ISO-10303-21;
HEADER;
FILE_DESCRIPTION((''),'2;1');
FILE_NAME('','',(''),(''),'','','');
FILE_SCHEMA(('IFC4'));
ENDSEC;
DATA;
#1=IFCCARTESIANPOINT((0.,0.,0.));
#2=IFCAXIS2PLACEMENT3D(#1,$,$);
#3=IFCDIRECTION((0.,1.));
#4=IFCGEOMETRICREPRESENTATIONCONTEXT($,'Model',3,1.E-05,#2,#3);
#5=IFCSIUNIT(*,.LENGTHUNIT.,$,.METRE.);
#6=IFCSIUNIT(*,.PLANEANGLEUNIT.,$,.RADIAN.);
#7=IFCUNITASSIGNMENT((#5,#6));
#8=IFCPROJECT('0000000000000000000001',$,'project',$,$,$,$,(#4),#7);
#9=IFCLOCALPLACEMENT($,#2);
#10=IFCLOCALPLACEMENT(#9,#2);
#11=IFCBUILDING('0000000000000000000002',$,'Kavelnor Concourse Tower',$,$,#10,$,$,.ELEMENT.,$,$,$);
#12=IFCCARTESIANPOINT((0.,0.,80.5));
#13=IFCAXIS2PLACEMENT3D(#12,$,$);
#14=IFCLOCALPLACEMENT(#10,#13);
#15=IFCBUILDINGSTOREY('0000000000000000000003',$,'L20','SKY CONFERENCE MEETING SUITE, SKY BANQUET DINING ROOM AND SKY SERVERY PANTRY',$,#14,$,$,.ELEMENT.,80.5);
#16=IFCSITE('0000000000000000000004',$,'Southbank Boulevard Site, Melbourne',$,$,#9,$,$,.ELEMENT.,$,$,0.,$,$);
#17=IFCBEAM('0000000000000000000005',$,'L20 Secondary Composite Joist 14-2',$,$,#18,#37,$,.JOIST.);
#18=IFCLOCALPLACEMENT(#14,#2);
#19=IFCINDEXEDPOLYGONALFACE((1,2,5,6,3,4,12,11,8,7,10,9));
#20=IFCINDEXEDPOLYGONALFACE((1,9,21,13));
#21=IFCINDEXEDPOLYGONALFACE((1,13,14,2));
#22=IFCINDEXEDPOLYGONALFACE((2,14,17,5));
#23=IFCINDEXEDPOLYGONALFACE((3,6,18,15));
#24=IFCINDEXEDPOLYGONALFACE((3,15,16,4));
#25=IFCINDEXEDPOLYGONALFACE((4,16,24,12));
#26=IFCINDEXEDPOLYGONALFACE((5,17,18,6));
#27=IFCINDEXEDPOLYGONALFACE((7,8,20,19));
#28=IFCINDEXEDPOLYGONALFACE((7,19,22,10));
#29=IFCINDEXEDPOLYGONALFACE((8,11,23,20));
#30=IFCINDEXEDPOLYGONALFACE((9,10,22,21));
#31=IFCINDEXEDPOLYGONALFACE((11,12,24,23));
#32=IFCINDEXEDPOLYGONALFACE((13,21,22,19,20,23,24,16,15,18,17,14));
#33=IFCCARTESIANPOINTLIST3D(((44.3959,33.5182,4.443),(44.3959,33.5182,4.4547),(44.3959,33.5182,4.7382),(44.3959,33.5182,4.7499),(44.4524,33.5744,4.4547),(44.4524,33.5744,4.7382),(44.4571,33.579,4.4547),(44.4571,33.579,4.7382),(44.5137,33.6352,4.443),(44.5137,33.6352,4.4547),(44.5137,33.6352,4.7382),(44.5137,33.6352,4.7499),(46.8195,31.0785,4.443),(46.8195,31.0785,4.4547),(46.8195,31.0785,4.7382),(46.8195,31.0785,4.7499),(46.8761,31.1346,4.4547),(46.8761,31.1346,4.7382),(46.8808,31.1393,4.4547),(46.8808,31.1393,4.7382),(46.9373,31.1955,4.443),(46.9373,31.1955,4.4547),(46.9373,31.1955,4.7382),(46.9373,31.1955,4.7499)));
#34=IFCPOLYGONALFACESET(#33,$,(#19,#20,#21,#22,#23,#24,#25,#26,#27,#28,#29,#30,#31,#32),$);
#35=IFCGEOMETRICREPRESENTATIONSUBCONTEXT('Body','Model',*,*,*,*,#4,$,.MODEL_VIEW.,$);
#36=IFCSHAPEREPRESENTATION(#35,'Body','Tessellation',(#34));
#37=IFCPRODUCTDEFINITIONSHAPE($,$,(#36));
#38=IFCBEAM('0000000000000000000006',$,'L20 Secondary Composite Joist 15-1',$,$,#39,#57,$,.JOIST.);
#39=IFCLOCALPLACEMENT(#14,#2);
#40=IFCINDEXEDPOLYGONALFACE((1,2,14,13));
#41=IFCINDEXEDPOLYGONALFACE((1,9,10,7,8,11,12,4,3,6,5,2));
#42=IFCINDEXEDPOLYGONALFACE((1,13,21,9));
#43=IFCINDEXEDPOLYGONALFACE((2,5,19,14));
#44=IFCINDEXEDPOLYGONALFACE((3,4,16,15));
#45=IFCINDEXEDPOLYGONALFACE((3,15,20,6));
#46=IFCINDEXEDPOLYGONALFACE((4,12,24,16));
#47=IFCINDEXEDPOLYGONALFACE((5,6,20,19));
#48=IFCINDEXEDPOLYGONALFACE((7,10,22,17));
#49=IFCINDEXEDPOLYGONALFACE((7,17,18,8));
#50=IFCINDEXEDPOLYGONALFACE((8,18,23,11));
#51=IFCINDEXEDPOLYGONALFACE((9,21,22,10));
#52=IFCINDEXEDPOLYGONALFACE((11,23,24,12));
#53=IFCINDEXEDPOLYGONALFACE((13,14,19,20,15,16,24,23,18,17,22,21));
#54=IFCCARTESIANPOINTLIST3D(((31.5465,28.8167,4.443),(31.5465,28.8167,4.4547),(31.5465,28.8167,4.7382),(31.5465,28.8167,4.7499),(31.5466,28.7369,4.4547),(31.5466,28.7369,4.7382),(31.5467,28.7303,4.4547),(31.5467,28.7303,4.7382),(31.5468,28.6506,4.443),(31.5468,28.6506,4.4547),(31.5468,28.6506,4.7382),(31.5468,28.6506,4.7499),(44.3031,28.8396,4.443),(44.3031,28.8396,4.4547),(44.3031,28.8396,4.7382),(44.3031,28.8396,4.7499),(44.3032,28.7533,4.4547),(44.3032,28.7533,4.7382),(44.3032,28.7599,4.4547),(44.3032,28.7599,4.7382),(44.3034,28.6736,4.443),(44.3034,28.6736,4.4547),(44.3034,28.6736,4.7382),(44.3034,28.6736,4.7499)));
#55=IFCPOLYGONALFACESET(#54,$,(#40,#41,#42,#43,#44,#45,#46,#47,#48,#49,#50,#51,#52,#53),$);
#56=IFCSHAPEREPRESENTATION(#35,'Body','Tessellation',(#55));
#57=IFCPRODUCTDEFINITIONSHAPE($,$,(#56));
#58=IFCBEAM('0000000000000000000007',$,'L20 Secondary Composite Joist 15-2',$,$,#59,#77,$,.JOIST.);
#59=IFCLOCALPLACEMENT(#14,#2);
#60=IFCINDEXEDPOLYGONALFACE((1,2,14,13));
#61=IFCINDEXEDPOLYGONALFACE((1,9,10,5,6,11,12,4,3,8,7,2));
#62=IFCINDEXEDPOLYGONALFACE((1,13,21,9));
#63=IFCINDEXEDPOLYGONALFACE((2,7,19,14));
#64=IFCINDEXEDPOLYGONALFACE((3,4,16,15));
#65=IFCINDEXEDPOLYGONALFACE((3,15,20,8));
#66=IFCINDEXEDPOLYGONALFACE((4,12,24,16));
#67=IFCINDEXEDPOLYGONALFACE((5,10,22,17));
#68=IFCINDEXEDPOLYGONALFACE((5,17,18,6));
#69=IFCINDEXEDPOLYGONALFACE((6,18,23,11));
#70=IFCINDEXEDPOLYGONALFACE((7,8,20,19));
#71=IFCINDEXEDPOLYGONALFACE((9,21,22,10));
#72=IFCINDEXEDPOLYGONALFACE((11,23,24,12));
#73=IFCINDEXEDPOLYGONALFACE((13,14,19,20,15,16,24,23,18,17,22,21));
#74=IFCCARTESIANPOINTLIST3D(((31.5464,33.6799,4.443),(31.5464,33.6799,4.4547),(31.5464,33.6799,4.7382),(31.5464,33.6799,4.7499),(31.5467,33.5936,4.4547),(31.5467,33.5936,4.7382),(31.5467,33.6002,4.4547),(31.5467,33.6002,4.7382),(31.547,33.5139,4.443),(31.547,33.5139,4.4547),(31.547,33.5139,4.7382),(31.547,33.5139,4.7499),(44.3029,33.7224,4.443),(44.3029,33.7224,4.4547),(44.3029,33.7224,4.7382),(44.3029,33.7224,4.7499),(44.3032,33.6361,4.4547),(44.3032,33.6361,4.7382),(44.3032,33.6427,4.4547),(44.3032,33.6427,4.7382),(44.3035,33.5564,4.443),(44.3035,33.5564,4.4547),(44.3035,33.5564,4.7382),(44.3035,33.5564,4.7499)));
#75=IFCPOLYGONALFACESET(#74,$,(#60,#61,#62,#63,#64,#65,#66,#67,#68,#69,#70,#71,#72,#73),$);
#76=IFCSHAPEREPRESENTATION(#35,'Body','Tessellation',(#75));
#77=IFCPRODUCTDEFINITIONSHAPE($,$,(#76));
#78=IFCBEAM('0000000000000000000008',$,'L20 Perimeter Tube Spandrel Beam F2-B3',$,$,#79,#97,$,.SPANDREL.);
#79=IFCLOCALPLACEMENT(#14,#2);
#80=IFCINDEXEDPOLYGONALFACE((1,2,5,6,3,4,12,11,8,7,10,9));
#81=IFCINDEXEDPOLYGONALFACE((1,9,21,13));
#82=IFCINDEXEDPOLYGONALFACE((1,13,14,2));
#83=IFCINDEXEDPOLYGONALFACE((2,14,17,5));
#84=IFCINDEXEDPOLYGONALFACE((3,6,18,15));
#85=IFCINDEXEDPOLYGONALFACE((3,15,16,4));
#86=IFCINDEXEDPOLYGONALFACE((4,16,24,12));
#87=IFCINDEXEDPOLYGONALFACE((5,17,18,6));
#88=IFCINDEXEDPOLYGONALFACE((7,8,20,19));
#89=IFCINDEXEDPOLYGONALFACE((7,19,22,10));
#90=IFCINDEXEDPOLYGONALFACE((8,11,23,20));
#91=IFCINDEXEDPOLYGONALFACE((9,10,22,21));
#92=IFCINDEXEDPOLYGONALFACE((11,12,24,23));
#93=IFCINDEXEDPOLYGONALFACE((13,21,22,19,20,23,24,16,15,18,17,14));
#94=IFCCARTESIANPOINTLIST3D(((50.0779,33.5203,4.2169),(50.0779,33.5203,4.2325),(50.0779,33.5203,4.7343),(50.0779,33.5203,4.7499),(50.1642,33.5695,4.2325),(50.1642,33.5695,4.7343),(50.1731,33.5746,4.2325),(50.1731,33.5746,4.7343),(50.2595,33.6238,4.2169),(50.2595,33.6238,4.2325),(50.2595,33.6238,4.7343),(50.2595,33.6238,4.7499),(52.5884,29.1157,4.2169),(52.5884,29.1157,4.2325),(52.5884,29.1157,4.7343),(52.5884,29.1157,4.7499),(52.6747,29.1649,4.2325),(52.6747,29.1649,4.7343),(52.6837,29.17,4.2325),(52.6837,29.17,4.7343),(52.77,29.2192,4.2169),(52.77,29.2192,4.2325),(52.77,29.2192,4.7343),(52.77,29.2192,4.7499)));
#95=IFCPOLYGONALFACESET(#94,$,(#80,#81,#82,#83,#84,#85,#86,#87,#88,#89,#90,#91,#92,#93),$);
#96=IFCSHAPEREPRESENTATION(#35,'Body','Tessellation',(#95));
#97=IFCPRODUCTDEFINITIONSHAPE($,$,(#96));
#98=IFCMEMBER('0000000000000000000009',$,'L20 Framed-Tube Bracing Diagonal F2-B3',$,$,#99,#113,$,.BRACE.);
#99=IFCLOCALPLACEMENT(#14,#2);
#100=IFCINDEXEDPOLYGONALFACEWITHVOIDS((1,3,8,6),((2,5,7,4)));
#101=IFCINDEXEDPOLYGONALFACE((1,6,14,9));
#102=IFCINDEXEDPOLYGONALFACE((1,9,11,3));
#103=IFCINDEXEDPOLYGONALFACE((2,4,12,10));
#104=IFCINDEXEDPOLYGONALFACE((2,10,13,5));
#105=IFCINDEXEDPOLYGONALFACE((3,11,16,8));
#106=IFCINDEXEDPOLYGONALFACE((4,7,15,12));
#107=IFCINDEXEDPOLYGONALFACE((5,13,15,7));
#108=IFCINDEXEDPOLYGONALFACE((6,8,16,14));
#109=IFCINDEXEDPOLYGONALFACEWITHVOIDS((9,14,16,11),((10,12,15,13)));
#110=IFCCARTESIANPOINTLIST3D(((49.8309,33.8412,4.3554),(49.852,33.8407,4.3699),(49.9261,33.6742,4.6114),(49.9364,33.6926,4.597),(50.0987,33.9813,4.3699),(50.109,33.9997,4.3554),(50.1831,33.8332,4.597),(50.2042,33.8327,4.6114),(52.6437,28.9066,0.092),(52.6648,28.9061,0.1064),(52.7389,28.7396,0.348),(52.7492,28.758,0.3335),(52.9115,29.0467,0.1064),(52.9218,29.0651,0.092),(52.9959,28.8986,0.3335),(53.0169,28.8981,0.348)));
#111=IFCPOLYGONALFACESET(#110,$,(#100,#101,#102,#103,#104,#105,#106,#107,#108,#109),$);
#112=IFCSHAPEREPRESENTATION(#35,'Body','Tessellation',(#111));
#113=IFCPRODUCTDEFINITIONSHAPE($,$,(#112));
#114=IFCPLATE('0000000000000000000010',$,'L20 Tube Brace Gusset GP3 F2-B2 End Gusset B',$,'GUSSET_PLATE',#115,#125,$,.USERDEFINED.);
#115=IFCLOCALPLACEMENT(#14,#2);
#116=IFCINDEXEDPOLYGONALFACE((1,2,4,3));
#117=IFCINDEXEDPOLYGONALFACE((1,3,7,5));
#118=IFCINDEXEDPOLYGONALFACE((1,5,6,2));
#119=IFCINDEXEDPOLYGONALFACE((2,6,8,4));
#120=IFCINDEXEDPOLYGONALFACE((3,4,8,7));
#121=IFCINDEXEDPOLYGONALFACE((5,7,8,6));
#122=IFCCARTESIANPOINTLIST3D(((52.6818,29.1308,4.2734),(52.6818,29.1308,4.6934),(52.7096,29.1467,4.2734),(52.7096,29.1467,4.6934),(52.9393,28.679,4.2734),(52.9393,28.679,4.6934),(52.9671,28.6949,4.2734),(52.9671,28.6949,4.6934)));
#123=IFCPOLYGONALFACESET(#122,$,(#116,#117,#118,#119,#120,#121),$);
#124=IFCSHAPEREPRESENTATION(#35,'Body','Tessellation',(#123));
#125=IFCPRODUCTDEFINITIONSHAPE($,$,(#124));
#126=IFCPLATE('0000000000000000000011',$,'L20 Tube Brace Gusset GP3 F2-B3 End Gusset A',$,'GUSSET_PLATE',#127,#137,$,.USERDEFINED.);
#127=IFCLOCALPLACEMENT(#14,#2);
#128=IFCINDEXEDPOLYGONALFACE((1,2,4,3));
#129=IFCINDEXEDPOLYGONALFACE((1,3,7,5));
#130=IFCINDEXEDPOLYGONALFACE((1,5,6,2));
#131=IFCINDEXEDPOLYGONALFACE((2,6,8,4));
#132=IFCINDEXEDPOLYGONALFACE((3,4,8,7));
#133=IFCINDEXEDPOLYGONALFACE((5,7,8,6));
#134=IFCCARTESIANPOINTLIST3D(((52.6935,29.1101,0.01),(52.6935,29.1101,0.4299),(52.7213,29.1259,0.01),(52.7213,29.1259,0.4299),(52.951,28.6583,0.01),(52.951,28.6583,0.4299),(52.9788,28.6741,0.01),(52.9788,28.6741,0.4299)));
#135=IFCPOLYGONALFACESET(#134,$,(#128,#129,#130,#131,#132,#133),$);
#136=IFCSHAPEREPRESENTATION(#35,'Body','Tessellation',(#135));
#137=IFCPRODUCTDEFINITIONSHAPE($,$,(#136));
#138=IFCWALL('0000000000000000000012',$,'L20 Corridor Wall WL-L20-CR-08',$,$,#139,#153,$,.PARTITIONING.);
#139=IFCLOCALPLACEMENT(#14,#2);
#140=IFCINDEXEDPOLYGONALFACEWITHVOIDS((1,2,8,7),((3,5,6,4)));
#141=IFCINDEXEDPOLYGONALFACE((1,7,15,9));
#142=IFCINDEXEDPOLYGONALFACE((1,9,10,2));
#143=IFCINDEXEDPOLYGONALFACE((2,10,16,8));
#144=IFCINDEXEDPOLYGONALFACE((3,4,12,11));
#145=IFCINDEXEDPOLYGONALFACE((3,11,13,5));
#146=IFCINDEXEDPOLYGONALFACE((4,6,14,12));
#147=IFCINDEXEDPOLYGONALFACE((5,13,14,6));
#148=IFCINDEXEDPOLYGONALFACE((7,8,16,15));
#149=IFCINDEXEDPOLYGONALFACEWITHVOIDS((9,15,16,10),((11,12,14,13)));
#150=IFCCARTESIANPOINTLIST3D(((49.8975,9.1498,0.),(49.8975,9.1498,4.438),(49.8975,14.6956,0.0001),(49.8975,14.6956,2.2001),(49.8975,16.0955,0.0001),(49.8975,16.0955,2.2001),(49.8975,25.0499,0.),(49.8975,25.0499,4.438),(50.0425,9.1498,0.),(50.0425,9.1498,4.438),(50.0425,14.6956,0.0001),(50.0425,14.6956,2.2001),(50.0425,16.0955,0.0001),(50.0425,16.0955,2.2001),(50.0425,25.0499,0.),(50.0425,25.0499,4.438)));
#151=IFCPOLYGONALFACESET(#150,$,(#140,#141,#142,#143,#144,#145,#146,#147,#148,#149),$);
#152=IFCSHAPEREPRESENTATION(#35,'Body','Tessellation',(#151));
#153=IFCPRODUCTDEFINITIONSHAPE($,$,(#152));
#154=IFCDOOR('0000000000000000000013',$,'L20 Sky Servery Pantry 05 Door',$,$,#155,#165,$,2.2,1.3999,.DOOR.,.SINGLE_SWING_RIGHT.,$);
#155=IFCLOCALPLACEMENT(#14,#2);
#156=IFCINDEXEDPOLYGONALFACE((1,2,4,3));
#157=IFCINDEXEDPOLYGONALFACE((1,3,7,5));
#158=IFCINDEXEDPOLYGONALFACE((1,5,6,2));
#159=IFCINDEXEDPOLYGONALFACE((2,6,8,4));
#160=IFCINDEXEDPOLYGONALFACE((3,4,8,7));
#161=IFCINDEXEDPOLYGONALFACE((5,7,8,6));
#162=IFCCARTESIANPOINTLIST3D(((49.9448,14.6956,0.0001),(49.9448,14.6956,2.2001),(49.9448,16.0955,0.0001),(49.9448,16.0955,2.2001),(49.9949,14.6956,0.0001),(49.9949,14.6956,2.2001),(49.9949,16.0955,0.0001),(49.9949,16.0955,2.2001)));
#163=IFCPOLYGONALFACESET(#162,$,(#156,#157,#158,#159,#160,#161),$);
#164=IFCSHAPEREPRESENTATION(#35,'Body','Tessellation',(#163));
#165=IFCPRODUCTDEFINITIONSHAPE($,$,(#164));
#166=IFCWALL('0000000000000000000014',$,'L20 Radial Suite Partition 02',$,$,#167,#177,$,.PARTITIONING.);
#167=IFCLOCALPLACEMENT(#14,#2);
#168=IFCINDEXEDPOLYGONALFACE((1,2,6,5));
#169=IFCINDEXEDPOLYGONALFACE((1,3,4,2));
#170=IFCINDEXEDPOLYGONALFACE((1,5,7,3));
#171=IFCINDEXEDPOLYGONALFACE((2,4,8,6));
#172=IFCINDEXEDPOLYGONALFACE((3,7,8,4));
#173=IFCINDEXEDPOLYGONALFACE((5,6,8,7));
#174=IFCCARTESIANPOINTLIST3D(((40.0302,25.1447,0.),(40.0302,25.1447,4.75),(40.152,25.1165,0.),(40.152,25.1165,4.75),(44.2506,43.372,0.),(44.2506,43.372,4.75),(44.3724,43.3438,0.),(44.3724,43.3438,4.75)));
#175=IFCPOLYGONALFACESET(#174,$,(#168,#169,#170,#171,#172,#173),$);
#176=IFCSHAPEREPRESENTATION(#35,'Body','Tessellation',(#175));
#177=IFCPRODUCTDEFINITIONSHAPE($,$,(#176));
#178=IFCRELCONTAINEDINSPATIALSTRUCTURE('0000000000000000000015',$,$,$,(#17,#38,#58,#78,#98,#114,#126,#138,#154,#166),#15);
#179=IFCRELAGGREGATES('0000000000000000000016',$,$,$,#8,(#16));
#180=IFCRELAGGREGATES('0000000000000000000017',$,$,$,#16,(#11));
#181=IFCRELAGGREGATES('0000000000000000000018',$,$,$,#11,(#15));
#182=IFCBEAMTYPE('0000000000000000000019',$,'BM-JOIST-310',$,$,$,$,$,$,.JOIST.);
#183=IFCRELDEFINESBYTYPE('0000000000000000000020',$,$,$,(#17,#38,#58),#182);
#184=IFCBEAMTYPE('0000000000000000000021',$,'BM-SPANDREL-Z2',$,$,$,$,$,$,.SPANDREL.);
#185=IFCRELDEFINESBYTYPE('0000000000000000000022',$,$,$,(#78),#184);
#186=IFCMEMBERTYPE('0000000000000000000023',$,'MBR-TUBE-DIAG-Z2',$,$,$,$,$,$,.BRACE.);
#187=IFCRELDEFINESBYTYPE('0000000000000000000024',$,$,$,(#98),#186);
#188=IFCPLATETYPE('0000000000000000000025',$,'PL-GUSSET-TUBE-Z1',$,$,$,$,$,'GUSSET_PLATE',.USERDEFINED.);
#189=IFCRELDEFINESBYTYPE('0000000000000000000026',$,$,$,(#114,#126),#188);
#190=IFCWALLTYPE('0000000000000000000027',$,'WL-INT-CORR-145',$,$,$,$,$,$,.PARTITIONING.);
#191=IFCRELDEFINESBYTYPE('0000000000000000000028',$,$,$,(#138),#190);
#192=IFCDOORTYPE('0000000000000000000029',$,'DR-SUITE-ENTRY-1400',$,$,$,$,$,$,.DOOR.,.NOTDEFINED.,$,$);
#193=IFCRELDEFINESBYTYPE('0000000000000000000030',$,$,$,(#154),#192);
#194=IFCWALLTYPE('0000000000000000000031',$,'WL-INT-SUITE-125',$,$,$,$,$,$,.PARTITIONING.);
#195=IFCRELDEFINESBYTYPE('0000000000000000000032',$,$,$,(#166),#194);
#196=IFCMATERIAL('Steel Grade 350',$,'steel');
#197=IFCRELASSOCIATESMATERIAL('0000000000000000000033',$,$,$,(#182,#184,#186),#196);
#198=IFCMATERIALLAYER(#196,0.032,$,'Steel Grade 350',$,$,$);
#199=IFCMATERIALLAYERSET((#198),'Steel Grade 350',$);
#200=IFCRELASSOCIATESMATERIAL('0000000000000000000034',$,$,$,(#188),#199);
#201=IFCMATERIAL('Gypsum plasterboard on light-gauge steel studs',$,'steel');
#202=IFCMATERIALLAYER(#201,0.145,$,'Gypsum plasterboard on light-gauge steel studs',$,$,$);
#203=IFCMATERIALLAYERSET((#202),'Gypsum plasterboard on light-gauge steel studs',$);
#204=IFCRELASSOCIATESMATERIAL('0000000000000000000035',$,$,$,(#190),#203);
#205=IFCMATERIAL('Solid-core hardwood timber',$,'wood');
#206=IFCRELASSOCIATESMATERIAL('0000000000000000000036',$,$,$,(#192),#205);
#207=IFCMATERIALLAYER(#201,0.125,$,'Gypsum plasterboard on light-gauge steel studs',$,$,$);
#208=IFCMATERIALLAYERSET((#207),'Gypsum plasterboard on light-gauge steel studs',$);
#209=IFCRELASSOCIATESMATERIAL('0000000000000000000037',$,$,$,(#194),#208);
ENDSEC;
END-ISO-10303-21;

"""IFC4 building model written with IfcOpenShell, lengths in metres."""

from ifc_helpers import new_model, si_unit, direction, frame, frame_2d, origin, origin_2d, place, context, subcontext, project, spatial, rectangle, hollow_rectangle, i_section, extrude, material, layer, layer_set, material_profile, profile_set, type_object, element, fill, save


model = new_model("IFC4")

# Units and contexts
model_context = context("Model", 3, precision=1e-05, world=origin(), true_north=direction((0.0, 1.0)))
body_context = subcontext(model_context, "Body", "Model", "MODEL_VIEW")
ifc_project = project(units=[si_unit("LENGTHUNIT", "METRE"), si_unit("PLANEANGLEUNIT", "RADIAN")], contexts=[model_context])

# Site, building, storey
site_placement = place(None, origin())
site = spatial("IfcSite", under=ifc_project, at=site_placement, Name="Southbank Boulevard Site, Melbourne", CompositionType="ELEMENT", RefElevation=0.0)
building_placement = place(site_placement, origin())
building = spatial("IfcBuilding", under=site, at=building_placement, Name="Kavelnor Concourse Tower", CompositionType="ELEMENT")
storey_placement = place(building_placement, frame((0.0, 0.0, 80.5)))
storey = spatial("IfcBuildingStorey", under=building, at=storey_placement, Name="L20", Description="SKY CONFERENCE MEETING SUITE, SKY BANQUET DINING ROOM AND SKY SERVERY PANTRY", CompositionType="ELEMENT", Elevation=80.5)

# Shared definitions
ifc_material_1 = material(Name="Steel Grade 350", Category="steel")

# Beams
ifc_material_profile_1 = material_profile(ifc_material_1, i_section(OverallWidth=0.166, OverallDepth=0.3069, WebThickness=0.0066, FlangeThickness=0.0117, at=origin_2d()), Name="310UB46")
ifc_profile_set_1 = profile_set([ifc_material_profile_1], Name="Steel Grade 350")
beam_type_1 = type_object("IfcBeamType", Name="BM-JOIST-310", PredefinedType="JOIST", material=ifc_profile_set_1)
beam_1_placement = place(storey_placement, frame((46.8784, 31.137, 4.5964), z_axis=(-0.70476, 0.709446, 0.0), x_axis=(-0.709446, -0.70476, 0.0)))
element("IfcBeam", 1, at=beam_1_placement, inside=storey, type_object=beam_type_1, Name="L20 Secondary Composite Joist 14-2", PredefinedType="JOIST", context=body_context, shape_type="SweptSolid", body=[
    extrude(i_section(OverallWidth=0.166, OverallDepth=0.3069, WebThickness=0.0066, FlangeThickness=0.0117, at=origin_2d()), origin(), (0.0, 0.0, 1.0), 3.439),
])
for number, where, z_axis, x_axis, name in (
    (2, (44.3032, 28.7566, 4.5964), (-0.999998, -0.001799, 0.0), (0.001799, -0.999998, 0.0), "L20 Secondary Composite Joist 15-1"),
    (3, (44.3032, 33.6394, 4.5964), (-0.999994, -0.00333, 0.0), (0.00333, -0.999994, 0.0), "L20 Secondary Composite Joist 15-2"),
):
    element("IfcBeam", number, at=place(storey_placement, frame(where, z_axis=z_axis, x_axis=x_axis)), inside=storey, type_object=beam_type_1, Name=name, PredefinedType="JOIST", context=body_context, shape_type="SweptSolid", body=[
        extrude(i_section(OverallWidth=0.166, OverallDepth=0.3069, WebThickness=0.0066, FlangeThickness=0.0117, at=origin_2d()), origin(), (0.0, 0.0, 1.0), 12.7566),
    ])
ifc_material_profile_2 = material_profile(ifc_material_1, i_section(OverallWidth=0.209, OverallDepth=0.533, WebThickness=0.0103, FlangeThickness=0.0156, at=origin_2d()), Name="530UB92")
ifc_profile_set_2 = profile_set([ifc_material_profile_2], Name="Steel Grade 350")
beam_type_2 = type_object("IfcBeamType", Name="BM-SPANDREL-Z2", PredefinedType="SPANDREL", material=ifc_profile_set_2)
beam_2_placement = place(storey_placement, frame((52.6792, 29.1675, 4.4834), z_axis=(-0.49519, 0.868785, 0.0), x_axis=(-0.868785, -0.49519, 0.0)))
element("IfcBeam", 4, at=beam_2_placement, inside=storey, type_object=beam_type_2, Name="L20 Perimeter Tube Spandrel Beam F2-B3", PredefinedType="SPANDREL", context=body_context, shape_type="SweptSolid", body=[
    extrude(i_section(OverallWidth=0.209, OverallDepth=0.533, WebThickness=0.0103, FlangeThickness=0.0156, at=origin_2d()), origin(), (0.0, 0.0, 1.0), 5.0698),
])

# Member
ifc_material_profile_3 = material_profile(ifc_material_1, hollow_rectangle(XDim=0.3201, YDim=0.3201, WallThickness=0.0181, at=origin_2d()), Name="SHS 320x320x18")
ifc_profile_set_3 = profile_set([ifc_material_profile_3], Name="Steel Grade 350")
member_type = type_object("IfcMemberType", Name="MBR-TUBE-DIAG-Z2", PredefinedType="BRACE", material=ifc_profile_set_3)
member_placement = place(storey_placement, frame((52.8303, 28.9023, 0.22), z_axis=(-0.39605, 0.694815, 0.600314), x_axis=(-0.868774, -0.495208, 0.0)))
element("IfcMember", 5, at=member_placement, inside=storey, type_object=member_type, Name="L20 Framed-Tube Bracing Diagonal F2-B3", PredefinedType="BRACE", context=body_context, shape_type="SweptSolid", body=[
    extrude(hollow_rectangle(XDim=0.3201, YDim=0.3201, WallThickness=0.0181, at=origin_2d()), origin(), (0.0, 0.0, 1.0), 7.1021),
])

# Plates
ifc_layer_1 = layer(ifc_material_1, 0.032, Name="Steel Grade 350")
ifc_layer_set_1 = layer_set([ifc_layer_1], Name="Steel Grade 350")
plate_type = type_object("IfcPlateType", Name="PL-GUSSET-TUBE-Z1", ElementType="GUSSET_PLATE", PredefinedType="USERDEFINED", material=ifc_layer_set_1)
for number, where, z_axis, x_axis, name in (
    (6, (52.8245, 28.9128, 4.2734), (0.0, 0.0, 1.0), (-0.495155, 0.868804, 0.0), "L20 Tube Brace Gusset GP3 F2-B2 End Gusset B"),
    (7, (52.8362, 28.8921, 0.01), (0.0, 0.0, 1.0), (-0.495155, 0.868804, 0.0), "L20 Tube Brace Gusset GP3 F2-B3 End Gusset A"),
):
    element("IfcPlate", number, at=place(storey_placement, frame(where, z_axis=z_axis, x_axis=x_axis)), inside=storey, type_object=plate_type, Name=name, ObjectType="GUSSET_PLATE", PredefinedType="USERDEFINED", context=body_context, shape_type="SweptSolid", body=[
        extrude(rectangle(XDim=0.52, YDim=0.032, at=origin_2d()), origin(), (0.0, 0.0, 1.0), 0.4199),
    ])

# Wall, opening, door
ifc_material_2 = material(Name="Gypsum plasterboard on light-gauge steel studs", Category="steel")
ifc_layer_2 = layer(ifc_material_2, 0.145, Name="Gypsum plasterboard on light-gauge steel studs")
ifc_layer_set_2 = layer_set([ifc_layer_2], Name="Gypsum plasterboard on light-gauge steel studs")
wall_type_1 = type_object("IfcWallType", Name="WL-INT-CORR-145", PredefinedType="PARTITIONING", material=ifc_layer_set_2)
wall_1_placement = place(storey_placement, frame((49.97, 25.05, 0.0), z_axis=(0.0, 0.0, 1.0), x_axis=(0.0, -1.0, 0.0)))
wall_1 = element("IfcWall", 8, at=wall_1_placement, inside=storey, type_object=wall_type_1, Name="L20 Corridor Wall WL-L20-CR-08", PredefinedType="PARTITIONING", context=body_context, shape_type="SweptSolid", body=[
    extrude(rectangle(XDim=15.9001, YDim=0.145, at=frame_2d((7.9502, 0.0))), origin(), (0.0, 0.0, 1.0), 4.438),
])
opening_placement = place(wall_1_placement, frame((8.9546, 0.0, 0.0)))
opening = element("IfcOpeningElement", 9, at=opening_placement, cuts=wall_1, PredefinedType="OPENING", context=body_context, shape_type="SweptSolid", body=[
    extrude(rectangle(XDim=1.3999, YDim=2.2, at=frame_2d((0.7, 1.1001))), frame((0.0, 0.0825, 0.0), z_axis=(0.0, -1.0, 0.0), x_axis=(1.0, 0.0, 0.0)), (0.0, 0.0, 1.0), 0.165),
])
ifc_material_3 = material(Name="Solid-core hardwood timber", Category="wood")
door_type = type_object("IfcDoorType", Name="DR-SUITE-ENTRY-1400", OperationType="NOTDEFINED", PredefinedType="DOOR", material=ifc_material_3)
door_placement = place(opening_placement, origin())
door = element("IfcDoor", 10, at=door_placement, inside=storey, type_object=door_type, Name="L20 Sky Servery Pantry 05 Door", OperationType="SINGLE_SWING_RIGHT", OverallHeight=2.2, OverallWidth=1.3999, PredefinedType="DOOR", context=body_context, shape_type="SweptSolid", body=[
    extrude(rectangle(XDim=1.3999, YDim=2.2, at=frame_2d((0.7, 1.1001))), frame((0.0, 0.0249, 0.0), z_axis=(0.0, -1.0, 0.0), x_axis=(1.0, 0.0, 0.0)), (0.0, 0.0, 1.0), 0.05),
])
fill(opening, door)

# Wall
ifc_layer_3 = layer(ifc_material_2, 0.125, Name="Gypsum plasterboard on light-gauge steel studs")
ifc_layer_set_3 = layer_set([ifc_layer_3], Name="Gypsum plasterboard on light-gauge steel studs")
wall_type_2 = type_object("IfcWallType", Name="WL-INT-SUITE-125", PredefinedType="PARTITIONING", material=ifc_layer_set_3)
wall_2_placement = place(storey_placement, frame((40.0911, 25.1306, 0.0), z_axis=(0.0, 0.0, 1.0), x_axis=(0.225578, 0.974225, 0.0)))
element("IfcWall", 11, at=wall_2_placement, inside=storey, type_object=wall_type_2, Name="L20 Radial Suite Partition 02", PredefinedType="PARTITIONING", context=body_context, shape_type="SweptSolid", body=[
    extrude(rectangle(XDim=18.7095, YDim=0.125, at=frame_2d((9.3547, 0.0))), origin(), (0.0, 0.0, 1.0), 4.75),
])

save(model, "model.ifc")
